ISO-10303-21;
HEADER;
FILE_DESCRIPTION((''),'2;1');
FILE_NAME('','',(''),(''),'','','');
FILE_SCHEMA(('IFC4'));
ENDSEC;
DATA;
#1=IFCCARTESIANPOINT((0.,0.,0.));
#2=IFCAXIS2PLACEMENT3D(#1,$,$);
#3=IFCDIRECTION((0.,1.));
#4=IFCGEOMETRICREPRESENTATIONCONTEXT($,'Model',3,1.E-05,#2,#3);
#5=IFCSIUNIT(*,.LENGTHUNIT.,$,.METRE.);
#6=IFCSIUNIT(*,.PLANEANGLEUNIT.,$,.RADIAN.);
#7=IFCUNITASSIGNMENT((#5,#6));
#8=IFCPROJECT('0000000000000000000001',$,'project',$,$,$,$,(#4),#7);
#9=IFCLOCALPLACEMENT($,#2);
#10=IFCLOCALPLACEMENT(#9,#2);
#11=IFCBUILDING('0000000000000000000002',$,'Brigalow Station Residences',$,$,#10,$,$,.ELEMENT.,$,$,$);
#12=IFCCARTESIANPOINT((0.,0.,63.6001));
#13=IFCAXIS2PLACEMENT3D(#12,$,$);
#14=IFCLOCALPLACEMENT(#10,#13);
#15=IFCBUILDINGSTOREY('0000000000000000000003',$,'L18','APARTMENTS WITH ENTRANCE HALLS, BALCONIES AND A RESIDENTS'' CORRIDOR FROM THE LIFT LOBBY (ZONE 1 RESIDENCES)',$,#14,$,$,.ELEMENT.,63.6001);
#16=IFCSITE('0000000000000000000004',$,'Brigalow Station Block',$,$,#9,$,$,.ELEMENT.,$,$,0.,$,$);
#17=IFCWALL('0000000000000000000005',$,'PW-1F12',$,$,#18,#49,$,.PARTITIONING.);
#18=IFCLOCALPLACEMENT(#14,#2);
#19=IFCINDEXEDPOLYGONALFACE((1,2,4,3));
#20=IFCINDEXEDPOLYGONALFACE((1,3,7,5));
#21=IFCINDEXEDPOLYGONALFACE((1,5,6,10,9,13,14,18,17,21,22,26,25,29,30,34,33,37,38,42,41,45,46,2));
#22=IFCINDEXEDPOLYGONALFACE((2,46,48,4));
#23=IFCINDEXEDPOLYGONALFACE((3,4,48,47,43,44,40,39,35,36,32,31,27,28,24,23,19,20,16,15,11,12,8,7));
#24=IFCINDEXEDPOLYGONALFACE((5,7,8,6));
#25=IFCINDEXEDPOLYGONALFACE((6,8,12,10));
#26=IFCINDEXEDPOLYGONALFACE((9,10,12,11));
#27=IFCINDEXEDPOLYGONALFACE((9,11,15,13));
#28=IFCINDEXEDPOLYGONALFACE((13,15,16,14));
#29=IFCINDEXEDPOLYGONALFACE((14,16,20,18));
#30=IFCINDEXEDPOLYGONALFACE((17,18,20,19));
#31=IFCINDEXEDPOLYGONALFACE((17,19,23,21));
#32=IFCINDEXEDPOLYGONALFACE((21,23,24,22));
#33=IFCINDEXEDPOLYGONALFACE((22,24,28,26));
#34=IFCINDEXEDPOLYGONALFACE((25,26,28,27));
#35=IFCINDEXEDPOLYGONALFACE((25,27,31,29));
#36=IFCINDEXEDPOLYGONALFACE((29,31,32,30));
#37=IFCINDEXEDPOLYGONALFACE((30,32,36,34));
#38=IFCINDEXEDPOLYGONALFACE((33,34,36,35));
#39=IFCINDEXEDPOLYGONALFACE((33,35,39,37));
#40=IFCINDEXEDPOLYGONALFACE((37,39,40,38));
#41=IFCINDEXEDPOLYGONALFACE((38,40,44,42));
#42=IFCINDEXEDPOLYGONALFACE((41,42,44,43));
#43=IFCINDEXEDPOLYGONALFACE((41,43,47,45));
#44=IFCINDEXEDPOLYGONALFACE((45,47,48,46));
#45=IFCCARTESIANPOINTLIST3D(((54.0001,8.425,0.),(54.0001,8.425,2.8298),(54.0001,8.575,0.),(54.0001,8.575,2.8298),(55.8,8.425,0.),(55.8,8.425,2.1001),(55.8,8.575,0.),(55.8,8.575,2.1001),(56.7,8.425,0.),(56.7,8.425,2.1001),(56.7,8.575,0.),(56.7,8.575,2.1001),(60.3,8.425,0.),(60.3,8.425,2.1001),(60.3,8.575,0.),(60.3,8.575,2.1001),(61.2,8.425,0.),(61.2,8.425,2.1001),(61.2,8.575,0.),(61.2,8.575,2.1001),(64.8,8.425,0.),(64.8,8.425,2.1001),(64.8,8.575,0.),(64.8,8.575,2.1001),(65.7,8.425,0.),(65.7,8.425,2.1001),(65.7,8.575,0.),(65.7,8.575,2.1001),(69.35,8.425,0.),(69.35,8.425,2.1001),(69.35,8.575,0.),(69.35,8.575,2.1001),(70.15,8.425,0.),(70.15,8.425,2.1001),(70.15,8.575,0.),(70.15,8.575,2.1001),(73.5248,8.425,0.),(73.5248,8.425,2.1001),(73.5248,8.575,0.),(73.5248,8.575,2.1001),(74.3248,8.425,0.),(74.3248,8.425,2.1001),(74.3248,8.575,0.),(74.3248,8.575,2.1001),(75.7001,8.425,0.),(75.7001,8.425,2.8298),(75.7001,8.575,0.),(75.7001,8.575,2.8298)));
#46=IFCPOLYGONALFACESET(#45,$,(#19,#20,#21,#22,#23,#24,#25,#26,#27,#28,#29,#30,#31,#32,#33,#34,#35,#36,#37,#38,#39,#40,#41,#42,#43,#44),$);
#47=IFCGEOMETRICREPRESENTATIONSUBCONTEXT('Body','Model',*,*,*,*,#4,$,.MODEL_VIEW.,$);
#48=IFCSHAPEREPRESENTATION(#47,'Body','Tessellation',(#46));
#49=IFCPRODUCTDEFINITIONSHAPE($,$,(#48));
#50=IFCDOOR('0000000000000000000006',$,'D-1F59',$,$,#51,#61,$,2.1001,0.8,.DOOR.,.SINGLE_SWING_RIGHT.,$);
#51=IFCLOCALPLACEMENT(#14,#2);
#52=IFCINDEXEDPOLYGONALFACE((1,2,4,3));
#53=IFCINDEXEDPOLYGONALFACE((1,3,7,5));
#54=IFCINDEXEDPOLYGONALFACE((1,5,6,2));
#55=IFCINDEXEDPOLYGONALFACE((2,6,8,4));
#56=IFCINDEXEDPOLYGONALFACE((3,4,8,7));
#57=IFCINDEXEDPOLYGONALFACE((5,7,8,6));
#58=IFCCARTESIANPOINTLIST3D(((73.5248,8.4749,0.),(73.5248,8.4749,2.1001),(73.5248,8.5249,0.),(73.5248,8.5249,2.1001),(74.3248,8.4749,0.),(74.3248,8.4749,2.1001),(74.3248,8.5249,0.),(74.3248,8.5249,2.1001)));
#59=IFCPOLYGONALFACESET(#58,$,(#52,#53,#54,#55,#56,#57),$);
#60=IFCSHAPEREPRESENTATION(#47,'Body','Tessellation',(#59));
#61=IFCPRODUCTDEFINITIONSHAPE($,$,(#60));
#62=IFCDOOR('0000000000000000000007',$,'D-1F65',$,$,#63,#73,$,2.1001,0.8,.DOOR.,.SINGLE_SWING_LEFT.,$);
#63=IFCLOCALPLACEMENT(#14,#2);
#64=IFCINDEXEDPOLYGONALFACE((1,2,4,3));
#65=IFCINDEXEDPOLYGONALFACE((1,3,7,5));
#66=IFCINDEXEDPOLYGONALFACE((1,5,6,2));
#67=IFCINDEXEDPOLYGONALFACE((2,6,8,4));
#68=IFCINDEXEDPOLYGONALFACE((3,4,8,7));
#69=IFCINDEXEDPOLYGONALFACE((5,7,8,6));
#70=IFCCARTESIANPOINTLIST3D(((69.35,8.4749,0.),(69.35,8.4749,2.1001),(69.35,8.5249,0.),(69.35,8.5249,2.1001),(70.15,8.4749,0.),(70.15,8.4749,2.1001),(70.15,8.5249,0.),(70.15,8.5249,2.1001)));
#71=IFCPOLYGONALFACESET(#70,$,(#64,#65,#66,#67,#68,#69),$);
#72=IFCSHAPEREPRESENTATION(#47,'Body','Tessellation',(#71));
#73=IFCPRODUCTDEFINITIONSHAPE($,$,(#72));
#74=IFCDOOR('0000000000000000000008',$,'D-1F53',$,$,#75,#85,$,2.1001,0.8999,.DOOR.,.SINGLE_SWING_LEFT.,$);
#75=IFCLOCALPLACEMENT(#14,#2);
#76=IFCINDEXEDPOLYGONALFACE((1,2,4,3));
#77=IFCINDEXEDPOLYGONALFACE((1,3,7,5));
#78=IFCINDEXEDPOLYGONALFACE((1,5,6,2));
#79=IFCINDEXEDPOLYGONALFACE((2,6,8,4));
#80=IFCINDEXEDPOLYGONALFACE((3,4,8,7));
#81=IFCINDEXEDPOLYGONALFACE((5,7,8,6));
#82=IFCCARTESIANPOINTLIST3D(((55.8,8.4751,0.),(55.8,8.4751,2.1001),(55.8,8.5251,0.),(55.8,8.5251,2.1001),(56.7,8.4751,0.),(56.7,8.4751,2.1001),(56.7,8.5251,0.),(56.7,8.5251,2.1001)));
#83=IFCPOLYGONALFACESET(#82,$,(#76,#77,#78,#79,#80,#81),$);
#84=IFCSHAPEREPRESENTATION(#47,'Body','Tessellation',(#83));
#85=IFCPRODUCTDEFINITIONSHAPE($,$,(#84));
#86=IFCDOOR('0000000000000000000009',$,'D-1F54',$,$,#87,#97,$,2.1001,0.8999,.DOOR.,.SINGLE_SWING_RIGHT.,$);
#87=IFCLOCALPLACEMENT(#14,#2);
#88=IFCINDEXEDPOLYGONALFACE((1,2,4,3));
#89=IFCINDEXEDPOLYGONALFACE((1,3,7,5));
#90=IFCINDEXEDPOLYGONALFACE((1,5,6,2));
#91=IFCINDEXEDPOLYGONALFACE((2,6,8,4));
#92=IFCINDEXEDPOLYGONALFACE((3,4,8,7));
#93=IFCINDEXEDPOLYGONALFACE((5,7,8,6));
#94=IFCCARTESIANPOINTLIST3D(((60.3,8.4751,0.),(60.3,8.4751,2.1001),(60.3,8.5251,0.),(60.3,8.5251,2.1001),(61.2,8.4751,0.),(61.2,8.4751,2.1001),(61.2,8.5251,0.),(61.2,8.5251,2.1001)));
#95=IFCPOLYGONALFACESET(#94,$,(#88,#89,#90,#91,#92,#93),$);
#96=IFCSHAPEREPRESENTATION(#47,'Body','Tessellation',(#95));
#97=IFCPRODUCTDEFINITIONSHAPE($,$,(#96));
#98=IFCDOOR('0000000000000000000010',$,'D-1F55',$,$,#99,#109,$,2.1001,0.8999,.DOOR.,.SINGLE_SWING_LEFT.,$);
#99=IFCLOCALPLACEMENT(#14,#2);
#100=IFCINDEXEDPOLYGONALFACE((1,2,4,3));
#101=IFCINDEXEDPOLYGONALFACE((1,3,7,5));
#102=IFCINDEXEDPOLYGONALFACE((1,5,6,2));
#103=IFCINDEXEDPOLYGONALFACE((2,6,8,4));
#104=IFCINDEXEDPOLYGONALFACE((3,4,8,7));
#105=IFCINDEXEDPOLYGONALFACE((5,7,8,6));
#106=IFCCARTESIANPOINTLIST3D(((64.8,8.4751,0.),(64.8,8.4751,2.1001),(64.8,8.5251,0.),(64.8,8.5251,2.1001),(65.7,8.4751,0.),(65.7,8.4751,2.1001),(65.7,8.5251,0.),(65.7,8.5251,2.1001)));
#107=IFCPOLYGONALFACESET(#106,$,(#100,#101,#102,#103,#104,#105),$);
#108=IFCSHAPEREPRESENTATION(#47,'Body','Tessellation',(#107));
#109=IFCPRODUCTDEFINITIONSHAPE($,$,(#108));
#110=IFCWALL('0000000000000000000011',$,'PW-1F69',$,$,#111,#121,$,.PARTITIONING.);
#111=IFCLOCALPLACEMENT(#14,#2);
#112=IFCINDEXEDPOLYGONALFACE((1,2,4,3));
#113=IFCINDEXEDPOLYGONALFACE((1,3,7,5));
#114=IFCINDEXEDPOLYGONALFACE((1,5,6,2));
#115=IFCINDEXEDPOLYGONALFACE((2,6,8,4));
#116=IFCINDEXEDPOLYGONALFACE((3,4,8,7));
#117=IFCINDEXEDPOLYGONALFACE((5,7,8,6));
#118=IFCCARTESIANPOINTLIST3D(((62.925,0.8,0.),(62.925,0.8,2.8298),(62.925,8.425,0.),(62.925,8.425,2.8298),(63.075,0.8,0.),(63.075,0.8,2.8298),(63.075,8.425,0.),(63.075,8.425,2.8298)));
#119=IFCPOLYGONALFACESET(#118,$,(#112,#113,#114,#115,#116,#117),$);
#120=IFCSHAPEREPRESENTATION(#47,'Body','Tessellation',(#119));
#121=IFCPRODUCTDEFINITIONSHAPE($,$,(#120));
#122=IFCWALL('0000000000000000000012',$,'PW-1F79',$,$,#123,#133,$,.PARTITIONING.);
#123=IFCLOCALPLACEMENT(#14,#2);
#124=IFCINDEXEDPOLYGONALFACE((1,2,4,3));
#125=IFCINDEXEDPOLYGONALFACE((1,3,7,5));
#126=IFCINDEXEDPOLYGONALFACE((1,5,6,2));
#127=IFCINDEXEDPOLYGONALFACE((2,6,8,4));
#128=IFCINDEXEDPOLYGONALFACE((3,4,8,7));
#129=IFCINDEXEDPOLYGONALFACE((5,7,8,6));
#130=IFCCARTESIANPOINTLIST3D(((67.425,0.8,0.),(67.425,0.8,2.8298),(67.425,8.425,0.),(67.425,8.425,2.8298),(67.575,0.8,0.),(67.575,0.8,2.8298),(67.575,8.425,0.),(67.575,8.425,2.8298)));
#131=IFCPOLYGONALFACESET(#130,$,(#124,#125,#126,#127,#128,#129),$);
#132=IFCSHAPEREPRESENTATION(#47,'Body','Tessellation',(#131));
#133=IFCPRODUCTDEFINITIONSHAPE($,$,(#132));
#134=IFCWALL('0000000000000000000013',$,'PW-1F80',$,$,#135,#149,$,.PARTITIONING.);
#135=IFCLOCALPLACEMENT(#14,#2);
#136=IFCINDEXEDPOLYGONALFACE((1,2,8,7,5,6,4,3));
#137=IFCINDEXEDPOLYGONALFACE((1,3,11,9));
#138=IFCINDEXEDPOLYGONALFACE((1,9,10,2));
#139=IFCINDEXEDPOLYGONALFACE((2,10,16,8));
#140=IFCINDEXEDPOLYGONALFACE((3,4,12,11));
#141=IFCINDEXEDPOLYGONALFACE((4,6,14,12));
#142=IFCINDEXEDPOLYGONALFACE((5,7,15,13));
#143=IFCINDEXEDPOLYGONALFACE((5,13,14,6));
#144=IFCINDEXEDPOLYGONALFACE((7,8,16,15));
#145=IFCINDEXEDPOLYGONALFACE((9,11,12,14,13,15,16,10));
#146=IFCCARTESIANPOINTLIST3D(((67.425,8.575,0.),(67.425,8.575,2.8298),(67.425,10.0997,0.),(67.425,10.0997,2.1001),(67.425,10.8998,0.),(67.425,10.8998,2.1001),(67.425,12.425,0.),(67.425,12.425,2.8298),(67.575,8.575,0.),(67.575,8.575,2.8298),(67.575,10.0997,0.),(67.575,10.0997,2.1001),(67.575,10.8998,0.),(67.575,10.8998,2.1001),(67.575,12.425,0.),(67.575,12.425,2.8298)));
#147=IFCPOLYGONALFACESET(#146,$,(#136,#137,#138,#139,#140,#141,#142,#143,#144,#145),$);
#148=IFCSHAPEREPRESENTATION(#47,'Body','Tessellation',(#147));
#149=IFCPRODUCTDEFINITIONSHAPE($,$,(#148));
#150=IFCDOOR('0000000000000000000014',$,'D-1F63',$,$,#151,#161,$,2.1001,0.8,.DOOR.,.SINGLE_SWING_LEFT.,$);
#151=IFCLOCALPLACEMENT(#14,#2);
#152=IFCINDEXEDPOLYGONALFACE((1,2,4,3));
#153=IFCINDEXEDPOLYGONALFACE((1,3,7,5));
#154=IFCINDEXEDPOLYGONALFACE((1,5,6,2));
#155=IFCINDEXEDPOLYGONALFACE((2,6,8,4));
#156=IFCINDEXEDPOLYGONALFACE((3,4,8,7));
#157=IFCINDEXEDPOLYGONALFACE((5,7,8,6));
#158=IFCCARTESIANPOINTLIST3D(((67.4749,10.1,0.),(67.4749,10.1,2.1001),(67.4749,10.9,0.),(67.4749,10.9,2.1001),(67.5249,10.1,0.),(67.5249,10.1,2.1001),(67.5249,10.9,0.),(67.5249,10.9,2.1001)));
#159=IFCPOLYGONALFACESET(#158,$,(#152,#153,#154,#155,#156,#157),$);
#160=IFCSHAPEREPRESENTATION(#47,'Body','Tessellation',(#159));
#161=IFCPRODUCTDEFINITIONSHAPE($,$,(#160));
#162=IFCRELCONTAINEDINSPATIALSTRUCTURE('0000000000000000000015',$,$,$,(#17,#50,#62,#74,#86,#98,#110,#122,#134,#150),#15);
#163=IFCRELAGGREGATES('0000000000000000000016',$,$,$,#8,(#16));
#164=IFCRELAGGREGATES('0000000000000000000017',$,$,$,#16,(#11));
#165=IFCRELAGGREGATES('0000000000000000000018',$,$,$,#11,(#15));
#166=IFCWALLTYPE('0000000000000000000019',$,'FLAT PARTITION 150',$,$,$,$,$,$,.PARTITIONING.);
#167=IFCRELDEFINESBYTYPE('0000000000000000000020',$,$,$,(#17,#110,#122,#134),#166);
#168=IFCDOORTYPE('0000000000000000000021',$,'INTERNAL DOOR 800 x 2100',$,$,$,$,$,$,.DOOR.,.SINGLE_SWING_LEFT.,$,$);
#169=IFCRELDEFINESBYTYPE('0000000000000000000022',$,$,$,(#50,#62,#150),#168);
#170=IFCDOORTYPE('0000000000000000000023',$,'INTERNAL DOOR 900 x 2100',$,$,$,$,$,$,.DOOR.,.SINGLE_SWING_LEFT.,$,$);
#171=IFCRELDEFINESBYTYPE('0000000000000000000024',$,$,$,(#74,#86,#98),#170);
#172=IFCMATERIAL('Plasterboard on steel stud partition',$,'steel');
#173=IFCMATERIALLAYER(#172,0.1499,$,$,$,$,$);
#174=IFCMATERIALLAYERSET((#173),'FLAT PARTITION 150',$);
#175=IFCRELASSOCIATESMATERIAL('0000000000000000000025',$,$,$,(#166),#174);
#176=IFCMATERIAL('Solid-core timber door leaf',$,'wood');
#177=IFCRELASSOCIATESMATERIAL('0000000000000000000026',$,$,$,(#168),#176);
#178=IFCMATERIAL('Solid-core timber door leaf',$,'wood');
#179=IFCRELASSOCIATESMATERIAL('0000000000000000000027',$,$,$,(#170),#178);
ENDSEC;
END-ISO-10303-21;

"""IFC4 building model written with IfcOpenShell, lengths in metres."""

from ifc_helpers import new_model, si_unit, direction, frame, frame_2d, origin, place, context, subcontext, project, spatial, rectangle, extrude, material, layer, layer_set, type_object, element, fill, save


model = new_model("IFC4")

# Units and contexts
model_context = context("Model", 3, precision=1e-05, world=origin(), true_north=direction((0.0, 1.0)))
body_context = subcontext(model_context, "Body", "Model", "MODEL_VIEW")
ifc_project = project(units=[si_unit("LENGTHUNIT", "METRE"), si_unit("PLANEANGLEUNIT", "RADIAN")], contexts=[model_context])

# Site, building, storey
site_placement = place(None, origin())
site = spatial("IfcSite", under=ifc_project, at=site_placement, Name="Brigalow Station Block", CompositionType="ELEMENT", RefElevation=0.0)
building_placement = place(site_placement, origin())
building = spatial("IfcBuilding", under=site, at=building_placement, Name="Brigalow Station Residences", CompositionType="ELEMENT")
storey_placement = place(building_placement, frame((0.0, 0.0, 63.6001)))
storey = spatial("IfcBuildingStorey", under=building, at=storey_placement, Name="L18", Description="APARTMENTS WITH ENTRANCE HALLS, BALCONIES AND A RESIDENTS' CORRIDOR FROM THE LIFT LOBBY (ZONE 1 RESIDENCES)", CompositionType="ELEMENT", Elevation=63.6001)

# Wall, openings, doors
ifc_material_1 = material(Name="Plasterboard on steel stud partition", Category="steel")
ifc_layer_1 = layer(ifc_material_1, 0.1499)
ifc_layer_set_1 = layer_set([ifc_layer_1], Name="FLAT PARTITION 150")
wall_type_1 = type_object("IfcWallType", Name="FLAT PARTITION 150", PredefinedType="PARTITIONING", material=ifc_layer_set_1)
wall_1_placement = place(storey_placement, frame((54.0, 8.5, 0.0), z_axis=(0.0, 0.0, 1.0), x_axis=(1.0, 0.0, 0.0)))
wall_1 = element("IfcWall", 1, at=wall_1_placement, inside=storey, type_object=wall_type_1, Name="PW-1F12", PredefinedType="PARTITIONING", context=body_context, shape_type="SweptSolid", body=[
    extrude(rectangle(XDim=21.7, YDim=0.1499, at=frame_2d((10.8501, 0.0))), origin(), (0.0, 0.0, 1.0), 2.8298),
])
opening_1_placement = place(wall_1_placement, frame((1.8, 0.0, 0.0)))
opening_1 = element("IfcOpeningElement", 2, at=opening_1_placement, cuts=wall_1, PredefinedType="OPENING", context=body_context, shape_type="SweptSolid", body=[
    extrude(rectangle(XDim=0.8999, YDim=2.1001, at=frame_2d((0.45, 1.05))), frame((0.0, 0.085, 0.0), z_axis=(0.0, -1.0, 0.0), x_axis=(1.0, 0.0, 0.0)), (0.0, 0.0, 1.0), 0.1699),
])
opening_2_placement = place(wall_1_placement, frame((6.3, 0.0, 0.0)))
opening_2 = element("IfcOpeningElement", 3, at=opening_2_placement, cuts=wall_1, PredefinedType="OPENING", context=body_context, shape_type="SweptSolid", body=[
    extrude(rectangle(XDim=0.8999, YDim=2.1001, at=frame_2d((0.45, 1.05))), frame((0.0, 0.085, 0.0), z_axis=(0.0, -1.0, 0.0), x_axis=(1.0, 0.0, 0.0)), (0.0, 0.0, 1.0), 0.1699),
])
opening_3_placement = place(wall_1_placement, frame((10.8, 0.0, 0.0)))
opening_3 = element("IfcOpeningElement", 4, at=opening_3_placement, cuts=wall_1, PredefinedType="OPENING", context=body_context, shape_type="SweptSolid", body=[
    extrude(rectangle(XDim=0.8999, YDim=2.1001, at=frame_2d((0.45, 1.05))), frame((0.0, 0.085, 0.0), z_axis=(0.0, -1.0, 0.0), x_axis=(1.0, 0.0, 0.0)), (0.0, 0.0, 1.0), 0.1699),
])
opening_4_placement = place(wall_1_placement, frame((19.5249, 0.0, 0.0)))
opening_4 = element("IfcOpeningElement", 5, at=opening_4_placement, cuts=wall_1, PredefinedType="OPENING", context=body_context, shape_type="SweptSolid", body=[
    extrude(rectangle(XDim=0.8, YDim=2.1001, at=frame_2d((0.3999, 1.05))), frame((0.0, 0.085, 0.0), z_axis=(0.0, -1.0, 0.0), x_axis=(1.0, 0.0, 0.0)), (0.0, 0.0, 1.0), 0.1699),
])
opening_5_placement = place(wall_1_placement, frame((15.3501, 0.0, 0.0)))
opening_5 = element("IfcOpeningElement", 6, at=opening_5_placement, cuts=wall_1, PredefinedType="OPENING", context=body_context, shape_type="SweptSolid", body=[
    extrude(rectangle(XDim=0.8, YDim=2.1001, at=frame_2d((0.3999, 1.05))), frame((0.0, 0.085, 0.0), z_axis=(0.0, -1.0, 0.0), x_axis=(1.0, 0.0, 0.0)), (0.0, 0.0, 1.0), 0.1699),
])
ifc_material_2 = material(Name="Solid-core timber door leaf", Category="wood")
door_type_1 = type_object("IfcDoorType", Name="INTERNAL DOOR 800 x 2100", OperationType="SINGLE_SWING_LEFT", PredefinedType="DOOR", material=ifc_material_2)
door_1_placement = place(opening_4_placement, origin())
door_1 = element("IfcDoor", 7, at=door_1_placement, inside=storey, type_object=door_type_1, Name="D-1F59", OperationType="SINGLE_SWING_RIGHT", OverallHeight=2.1001, OverallWidth=0.8, PredefinedType="DOOR", context=body_context, shape_type="SweptSolid", body=[
    extrude(rectangle(XDim=0.8, YDim=2.1001, at=frame_2d((0.3999, 1.05))), frame((0.0, 0.0249, 0.0), z_axis=(0.0, -1.0, 0.0), x_axis=(1.0, 0.0, 0.0)), (0.0, 0.0, 1.0), 0.05),
])
fill(opening_4, door_1)
door_2_placement = place(opening_5_placement, origin())
door_2 = element("IfcDoor", 8, at=door_2_placement, inside=storey, type_object=door_type_1, Name="D-1F65", OperationType="SINGLE_SWING_LEFT", OverallHeight=2.1001, OverallWidth=0.8, PredefinedType="DOOR", context=body_context, shape_type="SweptSolid", body=[
    extrude(rectangle(XDim=0.8, YDim=2.1001, at=frame_2d((0.3999, 1.05))), frame((0.0, 0.0249, 0.0), z_axis=(0.0, -1.0, 0.0), x_axis=(1.0, 0.0, 0.0)), (0.0, 0.0, 1.0), 0.05),
])
fill(opening_5, door_2)
ifc_material_3 = material(Name="Solid-core timber door leaf", Category="wood")
door_type_2 = type_object("IfcDoorType", Name="INTERNAL DOOR 900 x 2100", OperationType="SINGLE_SWING_LEFT", PredefinedType="DOOR", material=ifc_material_3)
door_3_placement = place(opening_1_placement, frame((0.8999, 0.0, 0.0), z_axis=(0.0, 0.0, 1.0), x_axis=(-1.0, 0.0, 0.0)))
door_3 = element("IfcDoor", 9, at=door_3_placement, inside=storey, type_object=door_type_2, Name="D-1F53", OperationType="SINGLE_SWING_LEFT", OverallHeight=2.1001, OverallWidth=0.8999, PredefinedType="DOOR", context=body_context, shape_type="SweptSolid", body=[
    extrude(rectangle(XDim=0.8999, YDim=2.1001, at=frame_2d((0.45, 1.05))), frame((0.0, 0.0249, 0.0), z_axis=(0.0, -1.0, 0.0), x_axis=(1.0, 0.0, 0.0)), (0.0, 0.0, 1.0), 0.05),
])
fill(opening_1, door_3)
door_4_placement = place(opening_2_placement, frame((0.8999, 0.0, 0.0), z_axis=(0.0, 0.0, 1.0), x_axis=(-1.0, 0.0, 0.0)))
door_4 = element("IfcDoor", 10, at=door_4_placement, inside=storey, type_object=door_type_2, Name="D-1F54", OperationType="SINGLE_SWING_RIGHT", OverallHeight=2.1001, OverallWidth=0.8999, PredefinedType="DOOR", context=body_context, shape_type="SweptSolid", body=[
    extrude(rectangle(XDim=0.8999, YDim=2.1001, at=frame_2d((0.45, 1.05))), frame((0.0, 0.0249, 0.0), z_axis=(0.0, -1.0, 0.0), x_axis=(1.0, 0.0, 0.0)), (0.0, 0.0, 1.0), 0.05),
])
fill(opening_2, door_4)
door_5_placement = place(opening_3_placement, frame((0.8999, 0.0, 0.0), z_axis=(0.0, 0.0, 1.0), x_axis=(-1.0, 0.0, 0.0)))
door_5 = element("IfcDoor", 11, at=door_5_placement, inside=storey, type_object=door_type_2, Name="D-1F55", OperationType="SINGLE_SWING_LEFT", OverallHeight=2.1001, OverallWidth=0.8999, PredefinedType="DOOR", context=body_context, shape_type="SweptSolid", body=[
    extrude(rectangle(XDim=0.8999, YDim=2.1001, at=frame_2d((0.45, 1.05))), frame((0.0, 0.0249, 0.0), z_axis=(0.0, -1.0, 0.0), x_axis=(1.0, 0.0, 0.0)), (0.0, 0.0, 1.0), 0.05),
])
fill(opening_3, door_5)

# Walls
for number, where, z_axis, x_axis, name in (
    (12, (63.0, 0.8, 0.0), (0.0, 0.0, 1.0), (0.0, 1.0, 0.0), "PW-1F69"),
    (13, (67.5, 0.8, 0.0), (0.0, 0.0, 1.0), (0.0, 1.0, 0.0), "PW-1F79"),
):
    element("IfcWall", number, at=place(storey_placement, frame(where, z_axis=z_axis, x_axis=x_axis)), inside=storey, type_object=wall_type_1, Name=name, PredefinedType="PARTITIONING", context=body_context, shape_type="SweptSolid", body=[
        extrude(rectangle(XDim=7.625, YDim=0.1499, at=frame_2d((3.8125, 0.0))), origin(), (0.0, 0.0, 1.0), 2.8298),
    ])

# Wall, opening, door
wall_2_placement = place(storey_placement, frame((67.5, 8.575, 0.0), z_axis=(0.0, 0.0, 1.0), x_axis=(0.0, 1.0, 0.0)))
wall_2 = element("IfcWall", 14, at=wall_2_placement, inside=storey, type_object=wall_type_1, Name="PW-1F80", PredefinedType="PARTITIONING", context=body_context, shape_type="SweptSolid", body=[
    extrude(rectangle(XDim=3.8501, YDim=0.1499, at=frame_2d((1.925, 0.0))), origin(), (0.0, 0.0, 1.0), 2.8298),
])
opening_6_placement = place(wall_2_placement, frame((1.5249, 0.0, 0.0)))
opening_6 = element("IfcOpeningElement", 15, at=opening_6_placement, cuts=wall_2, PredefinedType="OPENING", context=body_context, shape_type="SweptSolid", body=[
    extrude(rectangle(XDim=0.8, YDim=2.1001, at=frame_2d((0.3999, 1.05))), frame((0.0, 0.085, 0.0), z_axis=(0.0, -1.0, 0.0), x_axis=(1.0, 0.0, 0.0)), (0.0, 0.0, 1.0), 0.1699),
])
door_6_placement = place(opening_6_placement, frame((0.8, 0.0, 0.0), z_axis=(0.0, 0.0, 1.0), x_axis=(-1.0, 0.0, 0.0)))
door_6 = element("IfcDoor", 16, at=door_6_placement, inside=storey, type_object=door_type_1, Name="D-1F63", OperationType="SINGLE_SWING_LEFT", OverallHeight=2.1001, OverallWidth=0.8, PredefinedType="DOOR", context=body_context, shape_type="SweptSolid", body=[
    extrude(rectangle(XDim=0.8, YDim=2.1001, at=frame_2d((0.3999, 1.05))), frame((0.0, 0.0249, 0.0), z_axis=(0.0, -1.0, 0.0), x_axis=(1.0, 0.0, 0.0)), (0.0, 0.0, 1.0), 0.05),
])
fill(opening_6, door_6)

save(model, "model.ifc")
